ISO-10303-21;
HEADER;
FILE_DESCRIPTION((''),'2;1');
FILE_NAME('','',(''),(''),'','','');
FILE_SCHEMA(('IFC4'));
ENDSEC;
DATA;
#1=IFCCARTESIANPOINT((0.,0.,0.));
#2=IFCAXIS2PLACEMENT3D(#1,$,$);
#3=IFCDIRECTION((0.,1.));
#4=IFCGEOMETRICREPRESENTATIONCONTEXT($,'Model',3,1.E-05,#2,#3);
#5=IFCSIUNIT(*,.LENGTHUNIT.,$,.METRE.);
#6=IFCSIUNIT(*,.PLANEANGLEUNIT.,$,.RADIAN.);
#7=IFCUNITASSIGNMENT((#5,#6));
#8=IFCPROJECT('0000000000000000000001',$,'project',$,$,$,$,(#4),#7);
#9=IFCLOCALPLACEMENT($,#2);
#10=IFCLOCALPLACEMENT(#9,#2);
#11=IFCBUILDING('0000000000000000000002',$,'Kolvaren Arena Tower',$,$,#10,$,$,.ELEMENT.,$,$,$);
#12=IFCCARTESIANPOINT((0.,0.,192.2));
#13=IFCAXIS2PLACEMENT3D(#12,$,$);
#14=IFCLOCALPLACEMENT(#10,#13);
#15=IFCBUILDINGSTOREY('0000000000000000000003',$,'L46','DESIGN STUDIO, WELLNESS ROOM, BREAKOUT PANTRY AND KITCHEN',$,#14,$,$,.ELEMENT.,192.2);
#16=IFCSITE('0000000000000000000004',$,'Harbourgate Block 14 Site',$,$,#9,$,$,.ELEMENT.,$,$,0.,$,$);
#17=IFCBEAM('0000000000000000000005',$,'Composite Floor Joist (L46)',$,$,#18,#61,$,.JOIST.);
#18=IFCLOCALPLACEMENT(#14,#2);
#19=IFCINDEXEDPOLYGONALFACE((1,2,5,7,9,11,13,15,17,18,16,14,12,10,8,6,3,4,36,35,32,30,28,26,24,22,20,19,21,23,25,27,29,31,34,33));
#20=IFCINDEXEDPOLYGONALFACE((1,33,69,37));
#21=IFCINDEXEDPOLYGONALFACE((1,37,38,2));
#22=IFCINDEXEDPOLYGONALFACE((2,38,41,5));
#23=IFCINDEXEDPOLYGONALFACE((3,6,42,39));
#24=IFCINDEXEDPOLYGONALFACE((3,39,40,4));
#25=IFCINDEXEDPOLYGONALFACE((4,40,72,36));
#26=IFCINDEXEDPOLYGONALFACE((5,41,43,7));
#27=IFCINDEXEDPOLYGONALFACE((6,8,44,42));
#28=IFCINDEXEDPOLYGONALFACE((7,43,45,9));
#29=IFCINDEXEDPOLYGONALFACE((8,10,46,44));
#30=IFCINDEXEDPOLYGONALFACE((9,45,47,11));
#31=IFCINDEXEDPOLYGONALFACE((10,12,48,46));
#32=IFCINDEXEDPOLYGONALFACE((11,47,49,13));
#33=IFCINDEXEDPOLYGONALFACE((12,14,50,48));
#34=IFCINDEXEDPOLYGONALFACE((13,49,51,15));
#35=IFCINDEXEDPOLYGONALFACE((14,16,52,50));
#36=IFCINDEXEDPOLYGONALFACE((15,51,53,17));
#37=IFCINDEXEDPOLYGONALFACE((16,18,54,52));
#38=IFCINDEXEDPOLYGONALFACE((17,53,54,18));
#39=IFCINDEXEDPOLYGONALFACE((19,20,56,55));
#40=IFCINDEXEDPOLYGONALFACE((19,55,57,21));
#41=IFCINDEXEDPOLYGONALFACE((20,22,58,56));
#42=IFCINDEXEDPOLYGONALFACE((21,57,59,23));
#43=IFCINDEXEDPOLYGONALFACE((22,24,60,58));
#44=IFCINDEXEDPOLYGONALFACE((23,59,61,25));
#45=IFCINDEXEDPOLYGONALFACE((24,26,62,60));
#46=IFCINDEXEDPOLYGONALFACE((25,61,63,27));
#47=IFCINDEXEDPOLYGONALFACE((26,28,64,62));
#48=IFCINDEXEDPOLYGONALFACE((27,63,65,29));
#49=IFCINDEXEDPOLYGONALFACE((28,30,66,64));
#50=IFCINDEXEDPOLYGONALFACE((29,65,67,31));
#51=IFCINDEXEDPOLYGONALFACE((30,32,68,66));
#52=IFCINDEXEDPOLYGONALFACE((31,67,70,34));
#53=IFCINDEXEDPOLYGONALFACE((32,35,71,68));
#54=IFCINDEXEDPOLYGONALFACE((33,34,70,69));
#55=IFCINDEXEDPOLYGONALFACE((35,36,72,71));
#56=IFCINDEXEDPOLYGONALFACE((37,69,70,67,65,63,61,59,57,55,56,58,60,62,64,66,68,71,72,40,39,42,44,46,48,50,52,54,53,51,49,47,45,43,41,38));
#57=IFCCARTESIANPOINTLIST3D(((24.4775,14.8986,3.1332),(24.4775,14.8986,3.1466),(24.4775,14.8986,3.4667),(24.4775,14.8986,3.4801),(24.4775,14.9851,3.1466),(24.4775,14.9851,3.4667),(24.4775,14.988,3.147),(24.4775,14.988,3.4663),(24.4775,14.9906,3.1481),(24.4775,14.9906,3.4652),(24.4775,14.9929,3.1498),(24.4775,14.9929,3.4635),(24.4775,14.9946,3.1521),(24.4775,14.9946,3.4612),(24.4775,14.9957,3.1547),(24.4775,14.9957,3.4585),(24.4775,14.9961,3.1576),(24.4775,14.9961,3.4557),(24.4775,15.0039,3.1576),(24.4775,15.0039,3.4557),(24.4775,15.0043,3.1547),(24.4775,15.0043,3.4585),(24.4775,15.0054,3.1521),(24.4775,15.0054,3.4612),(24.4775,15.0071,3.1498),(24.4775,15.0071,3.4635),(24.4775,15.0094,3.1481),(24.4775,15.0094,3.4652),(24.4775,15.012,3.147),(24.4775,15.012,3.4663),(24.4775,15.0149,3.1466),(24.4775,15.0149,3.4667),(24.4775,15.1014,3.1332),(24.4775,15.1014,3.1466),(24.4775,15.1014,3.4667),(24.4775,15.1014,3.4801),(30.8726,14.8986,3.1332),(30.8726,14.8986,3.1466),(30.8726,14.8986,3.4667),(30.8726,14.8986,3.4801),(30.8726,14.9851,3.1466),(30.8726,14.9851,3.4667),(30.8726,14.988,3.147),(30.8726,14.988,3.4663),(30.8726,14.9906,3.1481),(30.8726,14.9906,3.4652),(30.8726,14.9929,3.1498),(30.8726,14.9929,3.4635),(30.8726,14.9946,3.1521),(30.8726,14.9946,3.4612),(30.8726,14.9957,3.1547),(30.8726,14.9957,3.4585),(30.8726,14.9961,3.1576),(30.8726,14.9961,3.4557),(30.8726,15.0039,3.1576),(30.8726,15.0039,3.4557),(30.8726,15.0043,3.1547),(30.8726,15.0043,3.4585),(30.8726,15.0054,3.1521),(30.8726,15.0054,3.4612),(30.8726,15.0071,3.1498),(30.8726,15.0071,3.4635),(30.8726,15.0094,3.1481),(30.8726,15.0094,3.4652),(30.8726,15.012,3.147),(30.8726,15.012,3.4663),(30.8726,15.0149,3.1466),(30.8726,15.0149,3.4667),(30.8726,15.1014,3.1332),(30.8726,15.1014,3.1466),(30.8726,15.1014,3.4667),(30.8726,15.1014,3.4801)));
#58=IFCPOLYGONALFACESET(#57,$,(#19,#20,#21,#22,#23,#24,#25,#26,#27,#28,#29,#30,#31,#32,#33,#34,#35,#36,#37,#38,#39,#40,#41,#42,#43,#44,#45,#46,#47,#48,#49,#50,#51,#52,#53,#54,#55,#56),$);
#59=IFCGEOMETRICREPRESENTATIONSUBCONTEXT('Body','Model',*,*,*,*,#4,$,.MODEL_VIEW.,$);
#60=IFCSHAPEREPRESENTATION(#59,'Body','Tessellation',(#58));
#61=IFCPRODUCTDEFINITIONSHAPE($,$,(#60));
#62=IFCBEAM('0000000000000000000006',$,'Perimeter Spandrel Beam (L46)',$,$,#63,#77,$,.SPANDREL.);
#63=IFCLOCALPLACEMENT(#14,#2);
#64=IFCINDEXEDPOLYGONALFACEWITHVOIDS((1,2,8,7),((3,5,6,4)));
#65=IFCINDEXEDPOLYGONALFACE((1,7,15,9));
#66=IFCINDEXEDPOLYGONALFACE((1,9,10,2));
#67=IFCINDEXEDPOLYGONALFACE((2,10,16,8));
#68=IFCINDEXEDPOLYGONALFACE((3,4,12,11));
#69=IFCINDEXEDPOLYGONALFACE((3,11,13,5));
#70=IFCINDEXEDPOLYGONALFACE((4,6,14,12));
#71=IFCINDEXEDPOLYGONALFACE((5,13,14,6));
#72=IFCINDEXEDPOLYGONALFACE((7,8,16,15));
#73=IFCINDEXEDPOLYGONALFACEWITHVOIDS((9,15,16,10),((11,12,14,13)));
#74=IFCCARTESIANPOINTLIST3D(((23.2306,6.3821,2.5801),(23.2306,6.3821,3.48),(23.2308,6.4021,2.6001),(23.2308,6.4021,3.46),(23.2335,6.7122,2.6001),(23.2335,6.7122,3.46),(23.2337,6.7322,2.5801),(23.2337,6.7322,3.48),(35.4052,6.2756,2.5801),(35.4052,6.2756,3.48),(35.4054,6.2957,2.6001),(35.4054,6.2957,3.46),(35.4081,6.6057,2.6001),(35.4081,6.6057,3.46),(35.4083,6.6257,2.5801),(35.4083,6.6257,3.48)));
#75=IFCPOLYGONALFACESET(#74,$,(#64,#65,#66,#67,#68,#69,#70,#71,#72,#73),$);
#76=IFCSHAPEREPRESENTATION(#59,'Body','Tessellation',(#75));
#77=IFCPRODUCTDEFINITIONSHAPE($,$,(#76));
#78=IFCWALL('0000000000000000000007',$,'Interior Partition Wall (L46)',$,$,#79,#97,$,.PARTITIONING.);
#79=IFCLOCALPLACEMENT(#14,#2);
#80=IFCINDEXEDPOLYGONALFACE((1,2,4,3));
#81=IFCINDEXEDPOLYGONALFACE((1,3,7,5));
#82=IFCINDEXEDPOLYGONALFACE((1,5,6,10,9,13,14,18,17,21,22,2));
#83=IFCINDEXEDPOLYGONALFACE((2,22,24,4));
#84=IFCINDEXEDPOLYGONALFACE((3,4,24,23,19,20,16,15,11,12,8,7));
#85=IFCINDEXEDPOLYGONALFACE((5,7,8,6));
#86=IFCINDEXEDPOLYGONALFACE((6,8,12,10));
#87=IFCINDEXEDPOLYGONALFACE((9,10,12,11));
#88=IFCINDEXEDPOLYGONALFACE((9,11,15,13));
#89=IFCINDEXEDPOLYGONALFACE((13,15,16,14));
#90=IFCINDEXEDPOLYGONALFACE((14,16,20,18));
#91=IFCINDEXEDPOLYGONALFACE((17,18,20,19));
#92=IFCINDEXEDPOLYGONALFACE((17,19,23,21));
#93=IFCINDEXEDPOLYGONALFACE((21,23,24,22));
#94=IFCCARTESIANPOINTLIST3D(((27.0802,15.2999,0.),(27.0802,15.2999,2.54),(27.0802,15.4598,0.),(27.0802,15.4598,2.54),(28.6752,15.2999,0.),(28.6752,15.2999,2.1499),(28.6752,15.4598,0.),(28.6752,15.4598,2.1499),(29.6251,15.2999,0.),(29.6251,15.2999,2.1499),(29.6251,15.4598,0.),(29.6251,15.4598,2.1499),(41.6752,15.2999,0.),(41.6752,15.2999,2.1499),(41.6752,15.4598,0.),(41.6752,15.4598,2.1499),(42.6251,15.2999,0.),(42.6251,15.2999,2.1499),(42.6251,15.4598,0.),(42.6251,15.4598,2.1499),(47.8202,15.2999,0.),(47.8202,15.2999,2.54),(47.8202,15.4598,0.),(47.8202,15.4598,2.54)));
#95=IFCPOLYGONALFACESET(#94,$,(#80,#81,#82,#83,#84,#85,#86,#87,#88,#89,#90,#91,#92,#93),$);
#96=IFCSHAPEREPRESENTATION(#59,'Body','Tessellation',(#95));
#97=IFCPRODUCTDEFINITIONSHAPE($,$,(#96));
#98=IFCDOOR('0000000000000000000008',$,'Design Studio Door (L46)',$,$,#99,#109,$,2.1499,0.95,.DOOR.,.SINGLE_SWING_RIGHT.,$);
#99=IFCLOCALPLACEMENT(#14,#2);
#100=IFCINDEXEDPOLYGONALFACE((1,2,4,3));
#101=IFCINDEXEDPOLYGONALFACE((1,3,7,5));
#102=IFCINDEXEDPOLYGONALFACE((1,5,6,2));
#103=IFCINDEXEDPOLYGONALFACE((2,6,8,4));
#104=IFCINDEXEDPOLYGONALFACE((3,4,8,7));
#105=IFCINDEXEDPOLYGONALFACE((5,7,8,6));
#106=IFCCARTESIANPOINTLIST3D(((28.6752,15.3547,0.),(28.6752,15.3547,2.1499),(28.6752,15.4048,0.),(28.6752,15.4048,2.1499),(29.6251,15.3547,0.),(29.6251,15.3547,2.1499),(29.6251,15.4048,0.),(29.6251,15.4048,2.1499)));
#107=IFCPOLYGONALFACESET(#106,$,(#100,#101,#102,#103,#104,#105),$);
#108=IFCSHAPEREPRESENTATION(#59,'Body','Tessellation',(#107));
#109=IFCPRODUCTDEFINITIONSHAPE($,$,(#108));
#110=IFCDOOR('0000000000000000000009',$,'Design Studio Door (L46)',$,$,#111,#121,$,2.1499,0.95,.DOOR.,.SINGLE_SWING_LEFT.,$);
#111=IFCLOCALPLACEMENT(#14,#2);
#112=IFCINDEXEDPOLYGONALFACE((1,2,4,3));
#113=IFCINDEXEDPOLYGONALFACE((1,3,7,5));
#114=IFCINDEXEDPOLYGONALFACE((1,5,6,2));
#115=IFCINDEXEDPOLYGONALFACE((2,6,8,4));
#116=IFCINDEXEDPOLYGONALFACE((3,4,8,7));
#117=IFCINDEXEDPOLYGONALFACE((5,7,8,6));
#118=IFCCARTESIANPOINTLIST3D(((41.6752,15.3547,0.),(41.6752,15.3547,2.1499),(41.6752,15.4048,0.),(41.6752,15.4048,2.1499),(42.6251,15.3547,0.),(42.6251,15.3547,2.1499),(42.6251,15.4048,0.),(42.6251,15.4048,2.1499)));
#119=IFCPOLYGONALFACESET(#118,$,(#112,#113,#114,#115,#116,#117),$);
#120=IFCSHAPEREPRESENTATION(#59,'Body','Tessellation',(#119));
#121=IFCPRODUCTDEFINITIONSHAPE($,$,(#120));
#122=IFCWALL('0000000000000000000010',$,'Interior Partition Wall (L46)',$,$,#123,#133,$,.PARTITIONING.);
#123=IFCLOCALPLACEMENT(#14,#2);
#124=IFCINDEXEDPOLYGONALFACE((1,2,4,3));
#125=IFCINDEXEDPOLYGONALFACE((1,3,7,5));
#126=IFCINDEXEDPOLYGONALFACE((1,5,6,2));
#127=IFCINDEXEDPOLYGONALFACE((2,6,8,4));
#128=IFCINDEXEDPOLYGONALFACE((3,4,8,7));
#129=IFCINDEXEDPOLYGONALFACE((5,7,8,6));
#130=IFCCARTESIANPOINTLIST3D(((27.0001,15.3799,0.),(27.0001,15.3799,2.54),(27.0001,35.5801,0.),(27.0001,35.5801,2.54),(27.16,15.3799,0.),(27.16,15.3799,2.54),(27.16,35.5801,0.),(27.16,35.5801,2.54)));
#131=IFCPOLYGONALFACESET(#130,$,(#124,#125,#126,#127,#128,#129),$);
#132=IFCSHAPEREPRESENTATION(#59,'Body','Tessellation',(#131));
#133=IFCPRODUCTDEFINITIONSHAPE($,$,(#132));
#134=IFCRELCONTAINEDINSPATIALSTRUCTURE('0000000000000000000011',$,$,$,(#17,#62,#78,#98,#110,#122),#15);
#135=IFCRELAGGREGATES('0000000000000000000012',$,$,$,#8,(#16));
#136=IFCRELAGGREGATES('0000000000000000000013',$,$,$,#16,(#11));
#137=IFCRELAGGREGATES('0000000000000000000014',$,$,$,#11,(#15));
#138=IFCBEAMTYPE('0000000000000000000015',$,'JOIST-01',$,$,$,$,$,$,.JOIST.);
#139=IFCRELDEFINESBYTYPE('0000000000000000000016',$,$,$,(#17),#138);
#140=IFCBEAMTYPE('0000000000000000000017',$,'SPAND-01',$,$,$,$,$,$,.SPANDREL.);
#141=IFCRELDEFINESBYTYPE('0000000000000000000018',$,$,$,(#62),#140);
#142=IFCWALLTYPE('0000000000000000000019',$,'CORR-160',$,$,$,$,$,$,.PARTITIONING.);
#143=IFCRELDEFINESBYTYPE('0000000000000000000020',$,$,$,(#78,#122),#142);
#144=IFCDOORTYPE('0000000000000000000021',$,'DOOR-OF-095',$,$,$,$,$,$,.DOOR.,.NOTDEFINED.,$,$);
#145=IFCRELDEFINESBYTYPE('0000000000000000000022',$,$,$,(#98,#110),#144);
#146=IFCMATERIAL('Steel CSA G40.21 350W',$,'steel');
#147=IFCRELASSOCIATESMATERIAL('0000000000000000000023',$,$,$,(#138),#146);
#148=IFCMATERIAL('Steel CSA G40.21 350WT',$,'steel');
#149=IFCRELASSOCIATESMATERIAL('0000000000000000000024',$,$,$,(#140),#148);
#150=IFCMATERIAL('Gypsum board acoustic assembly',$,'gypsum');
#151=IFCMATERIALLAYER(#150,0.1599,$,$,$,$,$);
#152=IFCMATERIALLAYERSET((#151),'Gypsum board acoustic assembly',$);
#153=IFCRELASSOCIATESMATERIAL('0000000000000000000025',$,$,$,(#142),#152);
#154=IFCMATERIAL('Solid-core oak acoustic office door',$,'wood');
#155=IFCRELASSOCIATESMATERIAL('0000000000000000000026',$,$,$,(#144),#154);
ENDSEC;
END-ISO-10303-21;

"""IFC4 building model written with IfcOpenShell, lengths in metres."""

from ifc_helpers import new_model, si_unit, direction, frame, frame_2d, origin, origin_2d, place, context, subcontext, project, spatial, rectangle, hollow_rectangle, i_section, extrude, material, layer, layer_set, material_profile, profile_set, type_object, element, fill, save


model = new_model("IFC4")

# Units and contexts
model_context = context("Model", 3, precision=1e-05, world=origin(), true_north=direction((0.0, 1.0)))
body_context = subcontext(model_context, "Body", "Model", "MODEL_VIEW")
ifc_project = project(units=[si_unit("LENGTHUNIT", "METRE"), si_unit("PLANEANGLEUNIT", "RADIAN")], contexts=[model_context])

# Site, building, storey
site_placement = place(None, origin())
site = spatial("IfcSite", under=ifc_project, at=site_placement, Name="Harbourgate Block 14 Site", CompositionType="ELEMENT", RefElevation=0.0)
building_placement = place(site_placement, origin())
building = spatial("IfcBuilding", under=site, at=building_placement, Name="Kolvaren Arena Tower", CompositionType="ELEMENT")
storey_placement = place(building_placement, frame((0.0, 0.0, 192.2)))
storey = spatial("IfcBuildingStorey", under=building, at=storey_placement, Name="L46", Description="DESIGN STUDIO, WELLNESS ROOM, BREAKOUT PANTRY AND KITCHEN", CompositionType="ELEMENT", Elevation=192.2)

# Beams
ifc_material_1 = material(Name="Steel CSA G40.21 350W", Category="steel")
ifc_material_profile_1 = material_profile(ifc_material_1, i_section(OverallWidth=0.2029, OverallDepth=0.3469, WebThickness=0.0078, FlangeThickness=0.0134, FilletRadius=0.011, at=origin_2d()), Name="W360x64")
ifc_profile_set_1 = profile_set([ifc_material_profile_1], Name="Steel CSA G40.21 350W")
beam_type_1 = type_object("IfcBeamType", Name="JOIST-01", PredefinedType="JOIST", material=ifc_profile_set_1)
beam_1_placement = place(storey_placement, frame((24.4775, 15.0, 3.3066), z_axis=(1.0, 0.0, 0.0), x_axis=(0.0, 1.0, 0.0)))
element("IfcBeam", 1, at=beam_1_placement, inside=storey, type_object=beam_type_1, Name="Composite Floor Joist (L46)", PredefinedType="JOIST", context=body_context, shape_type="SweptSolid", body=[
    extrude(i_section(OverallWidth=0.2029, OverallDepth=0.3469, WebThickness=0.0078, FlangeThickness=0.0134, FilletRadius=0.011, at=origin_2d()), origin(), (0.0, 0.0, 1.0), 6.395),
])
ifc_material_2 = material(Name="Steel CSA G40.21 350WT", Category="steel")
ifc_material_profile_2 = material_profile(ifc_material_2, hollow_rectangle(XDim=0.3501, YDim=0.8999, WallThickness=0.02, at=origin_2d()), Name="HSS 900x350x20")
ifc_profile_set_2 = profile_set([ifc_material_profile_2], Name="Steel CSA G40.21 350WT")
beam_type_2 = type_object("IfcBeamType", Name="SPAND-01", PredefinedType="SPANDREL", material=ifc_profile_set_2)
beam_2_placement = place(storey_placement, frame((23.2322, 6.5571, 3.03), z_axis=(0.999962, -0.008743, 0.0), x_axis=(0.008743, 0.999962, 0.0)))
element("IfcBeam", 2, at=beam_2_placement, inside=storey, type_object=beam_type_2, Name="Perimeter Spandrel Beam (L46)", PredefinedType="SPANDREL", context=body_context, shape_type="SweptSolid", body=[
    extrude(hollow_rectangle(XDim=0.3501, YDim=0.8999, WallThickness=0.02, at=origin_2d()), origin(), (0.0, 0.0, 1.0), 12.175),
])

# Wall, openings, doors
ifc_material_3 = material(Name="Gypsum board acoustic assembly", Category="gypsum")
ifc_layer_1 = layer(ifc_material_3, 0.1599)
ifc_layer_set_1 = layer_set([ifc_layer_1], Name="Gypsum board acoustic assembly")
wall_type_1 = type_object("IfcWallType", Name="CORR-160", PredefinedType="PARTITIONING", material=ifc_layer_set_1)
wall_1_placement = place(storey_placement, frame((27.0801, 15.3799, 0.0), z_axis=(0.0, 0.0, 1.0), x_axis=(1.0, 0.0, 0.0)))
wall_1 = element("IfcWall", 3, at=wall_1_placement, inside=storey, type_object=wall_type_1, Name="Interior Partition Wall (L46)", PredefinedType="PARTITIONING", context=body_context, shape_type="SweptSolid", body=[
    extrude(rectangle(XDim=20.74, YDim=0.1599, at=frame_2d((10.3701, 0.0))), origin(), (0.0, 0.0, 1.0), 2.54),
])
opening_1_placement = place(wall_1_placement, frame((1.595, 0.0, 0.0)))
opening_1 = element("IfcOpeningElement", 4, at=opening_1_placement, cuts=wall_1, PredefinedType="OPENING", context=body_context, shape_type="SweptSolid", body=[
    extrude(rectangle(XDim=0.95, YDim=2.1499, at=frame_2d((0.4751, 1.075))), frame((0.0, 0.0898, 0.0), z_axis=(0.0, -1.0, 0.0), x_axis=(1.0, 0.0, 0.0)), (0.0, 0.0, 1.0), 0.1799),
])
opening_2_placement = place(wall_1_placement, frame((14.595, 0.0, 0.0)))
opening_2 = element("IfcOpeningElement", 5, at=opening_2_placement, cuts=wall_1, PredefinedType="OPENING", context=body_context, shape_type="SweptSolid", body=[
    extrude(rectangle(XDim=0.95, YDim=2.1499, at=frame_2d((0.4751, 1.075))), frame((0.0, 0.0898, 0.0), z_axis=(0.0, -1.0, 0.0), x_axis=(1.0, 0.0, 0.0)), (0.0, 0.0, 1.0), 0.1799),
])
ifc_material_4 = material(Name="Solid-core oak acoustic office door", Category="wood")
door_type_1 = type_object("IfcDoorType", Name="DOOR-OF-095", OperationType="NOTDEFINED", PredefinedType="DOOR", material=ifc_material_4)
door_1_placement = place(opening_1_placement, origin())
door_1 = element("IfcDoor", 6, at=door_1_placement, inside=storey, type_object=door_type_1, Name="Design Studio Door (L46)", OperationType="SINGLE_SWING_RIGHT", OverallHeight=2.1499, OverallWidth=0.95, PredefinedType="DOOR", context=body_context, shape_type="SweptSolid", body=[
    extrude(rectangle(XDim=0.95, YDim=2.1499, at=frame_2d((0.4751, 1.075))), frame((0.0, 0.0249, 0.0), z_axis=(0.0, -1.0, 0.0), x_axis=(1.0, 0.0, 0.0)), (0.0, 0.0, 1.0), 0.05),
])
fill(opening_1, door_1)
door_2_placement = place(opening_2_placement, origin())
door_2 = element("IfcDoor", 7, at=door_2_placement, inside=storey, type_object=door_type_1, Name="Design Studio Door (L46)", OperationType="SINGLE_SWING_LEFT", OverallHeight=2.1499, OverallWidth=0.95, PredefinedType="DOOR", context=body_context, shape_type="SweptSolid", body=[
    extrude(rectangle(XDim=0.95, YDim=2.1499, at=frame_2d((0.4751, 1.075))), frame((0.0, 0.0249, 0.0), z_axis=(0.0, -1.0, 0.0), x_axis=(1.0, 0.0, 0.0)), (0.0, 0.0, 1.0), 0.05),
])
fill(opening_2, door_2)

# Wall
wall_2_placement = place(storey_placement, frame((27.0801, 15.3799, 0.0), z_axis=(0.0, 0.0, 1.0), x_axis=(0.0, 1.0, 0.0)))
element("IfcWall", 8, at=wall_2_placement, inside=storey, type_object=wall_type_1, Name="Interior Partition Wall (L46)", PredefinedType="PARTITIONING", context=body_context, shape_type="SweptSolid", body=[
    extrude(rectangle(XDim=20.2002, YDim=0.1599, at=frame_2d((10.1001, 0.0))), origin(), (0.0, 0.0, 1.0), 2.54),
])

save(model, "model.ifc")
